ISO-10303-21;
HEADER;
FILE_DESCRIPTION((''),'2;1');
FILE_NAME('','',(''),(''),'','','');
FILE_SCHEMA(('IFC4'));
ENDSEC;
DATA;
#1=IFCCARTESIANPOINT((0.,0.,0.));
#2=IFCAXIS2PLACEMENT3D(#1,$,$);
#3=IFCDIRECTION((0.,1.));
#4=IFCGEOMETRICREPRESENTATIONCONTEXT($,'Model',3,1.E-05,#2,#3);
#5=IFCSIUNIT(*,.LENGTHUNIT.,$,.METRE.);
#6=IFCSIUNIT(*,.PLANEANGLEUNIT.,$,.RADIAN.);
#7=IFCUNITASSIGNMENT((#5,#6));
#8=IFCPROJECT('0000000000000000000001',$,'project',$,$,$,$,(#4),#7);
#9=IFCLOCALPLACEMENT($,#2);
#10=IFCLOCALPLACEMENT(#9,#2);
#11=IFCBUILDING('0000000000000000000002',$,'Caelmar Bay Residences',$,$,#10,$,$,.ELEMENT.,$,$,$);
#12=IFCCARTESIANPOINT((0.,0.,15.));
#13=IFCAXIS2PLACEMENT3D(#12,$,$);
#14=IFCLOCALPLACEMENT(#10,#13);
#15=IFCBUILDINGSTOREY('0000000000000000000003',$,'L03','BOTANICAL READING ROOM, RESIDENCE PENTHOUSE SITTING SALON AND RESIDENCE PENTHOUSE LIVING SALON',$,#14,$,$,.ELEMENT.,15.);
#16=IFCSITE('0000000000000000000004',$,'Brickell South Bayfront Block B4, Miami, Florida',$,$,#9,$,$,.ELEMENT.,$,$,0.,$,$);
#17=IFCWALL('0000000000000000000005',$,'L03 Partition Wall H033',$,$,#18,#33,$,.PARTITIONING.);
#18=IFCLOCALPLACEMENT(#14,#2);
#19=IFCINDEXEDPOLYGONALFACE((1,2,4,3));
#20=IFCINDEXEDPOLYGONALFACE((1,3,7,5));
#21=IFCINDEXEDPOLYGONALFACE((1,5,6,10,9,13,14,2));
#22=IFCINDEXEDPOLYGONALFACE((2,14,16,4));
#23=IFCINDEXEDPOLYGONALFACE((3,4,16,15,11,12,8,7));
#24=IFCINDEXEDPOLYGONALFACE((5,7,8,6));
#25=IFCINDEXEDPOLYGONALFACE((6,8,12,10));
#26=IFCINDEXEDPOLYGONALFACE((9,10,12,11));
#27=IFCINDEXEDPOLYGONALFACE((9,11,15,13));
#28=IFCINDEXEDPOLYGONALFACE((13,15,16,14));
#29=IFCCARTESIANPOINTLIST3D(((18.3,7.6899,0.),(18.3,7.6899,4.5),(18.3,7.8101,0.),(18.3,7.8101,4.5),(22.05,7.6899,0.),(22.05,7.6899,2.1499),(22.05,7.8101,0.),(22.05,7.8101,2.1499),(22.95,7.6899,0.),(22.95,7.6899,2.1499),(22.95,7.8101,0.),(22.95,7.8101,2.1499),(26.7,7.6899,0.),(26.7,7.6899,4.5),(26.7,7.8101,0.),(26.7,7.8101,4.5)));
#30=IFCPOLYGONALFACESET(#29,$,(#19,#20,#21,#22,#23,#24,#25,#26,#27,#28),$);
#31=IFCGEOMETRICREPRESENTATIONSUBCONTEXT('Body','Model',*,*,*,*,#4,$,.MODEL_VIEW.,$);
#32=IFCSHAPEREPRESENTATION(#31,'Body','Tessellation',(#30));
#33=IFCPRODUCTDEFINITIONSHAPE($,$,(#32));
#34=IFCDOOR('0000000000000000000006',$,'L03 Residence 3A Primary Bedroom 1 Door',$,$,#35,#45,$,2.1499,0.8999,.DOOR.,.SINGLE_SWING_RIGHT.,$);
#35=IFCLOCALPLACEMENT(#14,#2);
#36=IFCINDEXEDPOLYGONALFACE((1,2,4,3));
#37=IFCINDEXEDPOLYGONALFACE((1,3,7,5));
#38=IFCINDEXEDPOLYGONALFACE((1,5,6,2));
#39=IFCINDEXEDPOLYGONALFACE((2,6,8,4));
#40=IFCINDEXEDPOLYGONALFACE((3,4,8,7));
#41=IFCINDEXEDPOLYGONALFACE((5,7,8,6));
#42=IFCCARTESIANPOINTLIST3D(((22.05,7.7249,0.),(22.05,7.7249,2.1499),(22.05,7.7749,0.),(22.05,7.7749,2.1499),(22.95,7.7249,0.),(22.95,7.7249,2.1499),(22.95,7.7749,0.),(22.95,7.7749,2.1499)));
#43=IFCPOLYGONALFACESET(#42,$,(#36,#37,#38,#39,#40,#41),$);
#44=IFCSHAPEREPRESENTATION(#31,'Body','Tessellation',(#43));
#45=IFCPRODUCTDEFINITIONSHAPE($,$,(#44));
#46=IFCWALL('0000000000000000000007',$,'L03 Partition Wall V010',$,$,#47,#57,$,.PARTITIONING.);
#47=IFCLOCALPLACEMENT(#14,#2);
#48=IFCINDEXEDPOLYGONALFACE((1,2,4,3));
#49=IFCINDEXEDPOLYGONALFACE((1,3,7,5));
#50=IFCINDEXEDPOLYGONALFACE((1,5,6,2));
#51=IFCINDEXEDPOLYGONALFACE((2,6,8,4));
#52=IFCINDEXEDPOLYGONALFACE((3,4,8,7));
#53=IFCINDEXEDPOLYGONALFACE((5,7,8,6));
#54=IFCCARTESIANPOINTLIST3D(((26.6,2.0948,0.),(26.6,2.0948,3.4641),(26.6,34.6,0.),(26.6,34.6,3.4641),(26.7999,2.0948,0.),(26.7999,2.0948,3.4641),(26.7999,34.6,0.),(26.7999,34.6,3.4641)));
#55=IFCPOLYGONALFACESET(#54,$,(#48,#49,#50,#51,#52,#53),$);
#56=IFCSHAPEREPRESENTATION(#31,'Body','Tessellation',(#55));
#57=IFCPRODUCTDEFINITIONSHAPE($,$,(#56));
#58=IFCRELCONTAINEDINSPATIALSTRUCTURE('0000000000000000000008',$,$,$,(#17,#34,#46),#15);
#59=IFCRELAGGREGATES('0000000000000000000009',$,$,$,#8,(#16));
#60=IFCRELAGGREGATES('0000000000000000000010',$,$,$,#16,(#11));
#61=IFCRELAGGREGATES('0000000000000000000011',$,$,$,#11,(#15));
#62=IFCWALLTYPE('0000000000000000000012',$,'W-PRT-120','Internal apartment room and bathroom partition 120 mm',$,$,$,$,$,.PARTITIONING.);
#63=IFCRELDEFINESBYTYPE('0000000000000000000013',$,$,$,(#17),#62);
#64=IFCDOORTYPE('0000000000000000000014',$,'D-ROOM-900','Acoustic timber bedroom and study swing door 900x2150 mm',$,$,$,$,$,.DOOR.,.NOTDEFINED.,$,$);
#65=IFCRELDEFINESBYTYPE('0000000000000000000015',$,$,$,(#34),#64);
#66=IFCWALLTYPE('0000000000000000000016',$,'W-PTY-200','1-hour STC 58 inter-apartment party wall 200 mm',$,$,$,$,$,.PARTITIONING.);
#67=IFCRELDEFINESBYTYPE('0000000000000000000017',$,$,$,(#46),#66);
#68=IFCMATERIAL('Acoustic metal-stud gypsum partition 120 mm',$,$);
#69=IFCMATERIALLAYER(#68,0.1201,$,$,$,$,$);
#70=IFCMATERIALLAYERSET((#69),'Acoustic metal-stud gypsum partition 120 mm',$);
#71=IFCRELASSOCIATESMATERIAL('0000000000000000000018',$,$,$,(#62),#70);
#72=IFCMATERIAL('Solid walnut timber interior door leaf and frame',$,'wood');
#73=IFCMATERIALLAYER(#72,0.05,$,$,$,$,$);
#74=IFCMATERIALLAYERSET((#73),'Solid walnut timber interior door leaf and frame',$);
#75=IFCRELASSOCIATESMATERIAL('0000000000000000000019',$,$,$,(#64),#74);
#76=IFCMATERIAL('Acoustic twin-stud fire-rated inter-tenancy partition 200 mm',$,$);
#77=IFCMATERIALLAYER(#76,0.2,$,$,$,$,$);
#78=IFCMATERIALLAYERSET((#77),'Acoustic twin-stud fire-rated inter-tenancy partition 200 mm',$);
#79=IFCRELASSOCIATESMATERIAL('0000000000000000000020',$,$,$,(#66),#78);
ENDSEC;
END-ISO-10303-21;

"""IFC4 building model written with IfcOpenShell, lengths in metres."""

from ifc_helpers import new_model, si_unit, direction, frame, frame_2d, origin, place, context, subcontext, project, spatial, rectangle, extrude, material, layer, layer_set, type_object, element, fill, save


model = new_model("IFC4")

# Units and contexts
model_context = context("Model", 3, precision=1e-05, world=origin(), true_north=direction((0.0, 1.0)))
body_context = subcontext(model_context, "Body", "Model", "MODEL_VIEW")
ifc_project = project(units=[si_unit("LENGTHUNIT", "METRE"), si_unit("PLANEANGLEUNIT", "RADIAN")], contexts=[model_context])

# Site, building, storey
site_placement = place(None, origin())
site = spatial("IfcSite", under=ifc_project, at=site_placement, Name="Brickell South Bayfront Block B4, Miami, Florida", CompositionType="ELEMENT", RefElevation=0.0)
building_placement = place(site_placement, origin())
building = spatial("IfcBuilding", under=site, at=building_placement, Name="Caelmar Bay Residences", CompositionType="ELEMENT")
storey_placement = place(building_placement, frame((0.0, 0.0, 15.0)))
storey = spatial("IfcBuildingStorey", under=building, at=storey_placement, Name="L03", Description="BOTANICAL READING ROOM, RESIDENCE PENTHOUSE SITTING SALON AND RESIDENCE PENTHOUSE LIVING SALON", CompositionType="ELEMENT", Elevation=15.0)

# Wall, opening, door
ifc_material_1 = material(Name="Acoustic metal-stud gypsum partition 120 mm")
ifc_layer_1 = layer(ifc_material_1, 0.1201)
ifc_layer_set_1 = layer_set([ifc_layer_1], Name="Acoustic metal-stud gypsum partition 120 mm")
wall_type_1 = type_object("IfcWallType", Name="W-PRT-120", Description="Internal apartment room and bathroom partition 120 mm", PredefinedType="PARTITIONING", material=ifc_layer_set_1)
ifc_material_2 = material(Name="Solid walnut timber interior door leaf and frame", Category="wood")
ifc_layer_2 = layer(ifc_material_2, 0.05)
ifc_layer_set_2 = layer_set([ifc_layer_2], Name="Solid walnut timber interior door leaf and frame")
door_type = type_object("IfcDoorType", Name="D-ROOM-900", Description="Acoustic timber bedroom and study swing door 900x2150 mm", OperationType="NOTDEFINED", PredefinedType="DOOR", material=ifc_layer_set_2)
wall_1_placement = place(storey_placement, frame((18.3, 7.75, 0.0), z_axis=(0.0, 0.0, 1.0), x_axis=(1.0, 0.0, 0.0)))
wall_1 = element("IfcWall", 1, at=wall_1_placement, inside=storey, type_object=wall_type_1, Name="L03 Partition Wall H033", PredefinedType="PARTITIONING", context=body_context, shape_type="SweptSolid", body=[
    extrude(rectangle(XDim=8.3999, YDim=0.1201, at=frame_2d((4.2, 0.0))), origin(), (0.0, 0.0, 1.0), 4.5),
])
opening_1_placement = place(wall_1_placement, frame((3.75, 0.0, 0.0)))
opening_1 = element("IfcOpeningElement", 2, at=opening_1_placement, cuts=wall_1, PredefinedType="OPENING", context=body_context, shape_type="SweptSolid", body=[
    extrude(rectangle(XDim=0.8999, YDim=2.1499, at=frame_2d((0.45, 1.075))), frame((0.0, 0.0701, 0.0), z_axis=(0.0, -1.0, 0.0), x_axis=(1.0, 0.0, 0.0)), (0.0, 0.0, 1.0), 0.1401),
])
door_1_placement = place(opening_1_placement, origin())
door_1 = element("IfcDoor", 3, at=door_1_placement, inside=storey, type_object=door_type, Name="L03 Residence 3A Primary Bedroom 1 Door", OperationType="SINGLE_SWING_RIGHT", OverallHeight=2.1499, OverallWidth=0.8999, PredefinedType="DOOR", context=body_context, shape_type="SweptSolid", body=[
    extrude(rectangle(XDim=0.8999, YDim=2.1499, at=frame_2d((0.45, 1.075))), frame((0.0, 0.0249, 0.0), z_axis=(0.0, -1.0, 0.0), x_axis=(1.0, 0.0, 0.0)), (0.0, 0.0, 1.0), 0.05),
])
fill(opening_1, door_1)

# Wall
ifc_material_3 = material(Name="Acoustic twin-stud fire-rated inter-tenancy partition 200 mm")
ifc_layer_3 = layer(ifc_material_3, 0.2)
ifc_layer_set_3 = layer_set([ifc_layer_3], Name="Acoustic twin-stud fire-rated inter-tenancy partition 200 mm")
wall_type_2 = type_object("IfcWallType", Name="W-PTY-200", Description="1-hour STC 58 inter-apartment party wall 200 mm", PredefinedType="PARTITIONING", material=ifc_layer_set_3)
wall_2_placement = place(storey_placement, frame((26.7, 2.095, 0.0), z_axis=(0.0, 0.0, 1.0), x_axis=(0.0, 1.0, 0.0)))
element("IfcWall", 4, at=wall_2_placement, inside=storey, type_object=wall_type_2, Name="L03 Partition Wall V010", PredefinedType="PARTITIONING", context=body_context, shape_type="SweptSolid", body=[
    extrude(rectangle(XDim=32.5051, YDim=0.2, at=frame_2d((16.2524, 0.0))), origin(), (0.0, 0.0, 1.0), 3.4641),
])

save(model, "model.ifc")
